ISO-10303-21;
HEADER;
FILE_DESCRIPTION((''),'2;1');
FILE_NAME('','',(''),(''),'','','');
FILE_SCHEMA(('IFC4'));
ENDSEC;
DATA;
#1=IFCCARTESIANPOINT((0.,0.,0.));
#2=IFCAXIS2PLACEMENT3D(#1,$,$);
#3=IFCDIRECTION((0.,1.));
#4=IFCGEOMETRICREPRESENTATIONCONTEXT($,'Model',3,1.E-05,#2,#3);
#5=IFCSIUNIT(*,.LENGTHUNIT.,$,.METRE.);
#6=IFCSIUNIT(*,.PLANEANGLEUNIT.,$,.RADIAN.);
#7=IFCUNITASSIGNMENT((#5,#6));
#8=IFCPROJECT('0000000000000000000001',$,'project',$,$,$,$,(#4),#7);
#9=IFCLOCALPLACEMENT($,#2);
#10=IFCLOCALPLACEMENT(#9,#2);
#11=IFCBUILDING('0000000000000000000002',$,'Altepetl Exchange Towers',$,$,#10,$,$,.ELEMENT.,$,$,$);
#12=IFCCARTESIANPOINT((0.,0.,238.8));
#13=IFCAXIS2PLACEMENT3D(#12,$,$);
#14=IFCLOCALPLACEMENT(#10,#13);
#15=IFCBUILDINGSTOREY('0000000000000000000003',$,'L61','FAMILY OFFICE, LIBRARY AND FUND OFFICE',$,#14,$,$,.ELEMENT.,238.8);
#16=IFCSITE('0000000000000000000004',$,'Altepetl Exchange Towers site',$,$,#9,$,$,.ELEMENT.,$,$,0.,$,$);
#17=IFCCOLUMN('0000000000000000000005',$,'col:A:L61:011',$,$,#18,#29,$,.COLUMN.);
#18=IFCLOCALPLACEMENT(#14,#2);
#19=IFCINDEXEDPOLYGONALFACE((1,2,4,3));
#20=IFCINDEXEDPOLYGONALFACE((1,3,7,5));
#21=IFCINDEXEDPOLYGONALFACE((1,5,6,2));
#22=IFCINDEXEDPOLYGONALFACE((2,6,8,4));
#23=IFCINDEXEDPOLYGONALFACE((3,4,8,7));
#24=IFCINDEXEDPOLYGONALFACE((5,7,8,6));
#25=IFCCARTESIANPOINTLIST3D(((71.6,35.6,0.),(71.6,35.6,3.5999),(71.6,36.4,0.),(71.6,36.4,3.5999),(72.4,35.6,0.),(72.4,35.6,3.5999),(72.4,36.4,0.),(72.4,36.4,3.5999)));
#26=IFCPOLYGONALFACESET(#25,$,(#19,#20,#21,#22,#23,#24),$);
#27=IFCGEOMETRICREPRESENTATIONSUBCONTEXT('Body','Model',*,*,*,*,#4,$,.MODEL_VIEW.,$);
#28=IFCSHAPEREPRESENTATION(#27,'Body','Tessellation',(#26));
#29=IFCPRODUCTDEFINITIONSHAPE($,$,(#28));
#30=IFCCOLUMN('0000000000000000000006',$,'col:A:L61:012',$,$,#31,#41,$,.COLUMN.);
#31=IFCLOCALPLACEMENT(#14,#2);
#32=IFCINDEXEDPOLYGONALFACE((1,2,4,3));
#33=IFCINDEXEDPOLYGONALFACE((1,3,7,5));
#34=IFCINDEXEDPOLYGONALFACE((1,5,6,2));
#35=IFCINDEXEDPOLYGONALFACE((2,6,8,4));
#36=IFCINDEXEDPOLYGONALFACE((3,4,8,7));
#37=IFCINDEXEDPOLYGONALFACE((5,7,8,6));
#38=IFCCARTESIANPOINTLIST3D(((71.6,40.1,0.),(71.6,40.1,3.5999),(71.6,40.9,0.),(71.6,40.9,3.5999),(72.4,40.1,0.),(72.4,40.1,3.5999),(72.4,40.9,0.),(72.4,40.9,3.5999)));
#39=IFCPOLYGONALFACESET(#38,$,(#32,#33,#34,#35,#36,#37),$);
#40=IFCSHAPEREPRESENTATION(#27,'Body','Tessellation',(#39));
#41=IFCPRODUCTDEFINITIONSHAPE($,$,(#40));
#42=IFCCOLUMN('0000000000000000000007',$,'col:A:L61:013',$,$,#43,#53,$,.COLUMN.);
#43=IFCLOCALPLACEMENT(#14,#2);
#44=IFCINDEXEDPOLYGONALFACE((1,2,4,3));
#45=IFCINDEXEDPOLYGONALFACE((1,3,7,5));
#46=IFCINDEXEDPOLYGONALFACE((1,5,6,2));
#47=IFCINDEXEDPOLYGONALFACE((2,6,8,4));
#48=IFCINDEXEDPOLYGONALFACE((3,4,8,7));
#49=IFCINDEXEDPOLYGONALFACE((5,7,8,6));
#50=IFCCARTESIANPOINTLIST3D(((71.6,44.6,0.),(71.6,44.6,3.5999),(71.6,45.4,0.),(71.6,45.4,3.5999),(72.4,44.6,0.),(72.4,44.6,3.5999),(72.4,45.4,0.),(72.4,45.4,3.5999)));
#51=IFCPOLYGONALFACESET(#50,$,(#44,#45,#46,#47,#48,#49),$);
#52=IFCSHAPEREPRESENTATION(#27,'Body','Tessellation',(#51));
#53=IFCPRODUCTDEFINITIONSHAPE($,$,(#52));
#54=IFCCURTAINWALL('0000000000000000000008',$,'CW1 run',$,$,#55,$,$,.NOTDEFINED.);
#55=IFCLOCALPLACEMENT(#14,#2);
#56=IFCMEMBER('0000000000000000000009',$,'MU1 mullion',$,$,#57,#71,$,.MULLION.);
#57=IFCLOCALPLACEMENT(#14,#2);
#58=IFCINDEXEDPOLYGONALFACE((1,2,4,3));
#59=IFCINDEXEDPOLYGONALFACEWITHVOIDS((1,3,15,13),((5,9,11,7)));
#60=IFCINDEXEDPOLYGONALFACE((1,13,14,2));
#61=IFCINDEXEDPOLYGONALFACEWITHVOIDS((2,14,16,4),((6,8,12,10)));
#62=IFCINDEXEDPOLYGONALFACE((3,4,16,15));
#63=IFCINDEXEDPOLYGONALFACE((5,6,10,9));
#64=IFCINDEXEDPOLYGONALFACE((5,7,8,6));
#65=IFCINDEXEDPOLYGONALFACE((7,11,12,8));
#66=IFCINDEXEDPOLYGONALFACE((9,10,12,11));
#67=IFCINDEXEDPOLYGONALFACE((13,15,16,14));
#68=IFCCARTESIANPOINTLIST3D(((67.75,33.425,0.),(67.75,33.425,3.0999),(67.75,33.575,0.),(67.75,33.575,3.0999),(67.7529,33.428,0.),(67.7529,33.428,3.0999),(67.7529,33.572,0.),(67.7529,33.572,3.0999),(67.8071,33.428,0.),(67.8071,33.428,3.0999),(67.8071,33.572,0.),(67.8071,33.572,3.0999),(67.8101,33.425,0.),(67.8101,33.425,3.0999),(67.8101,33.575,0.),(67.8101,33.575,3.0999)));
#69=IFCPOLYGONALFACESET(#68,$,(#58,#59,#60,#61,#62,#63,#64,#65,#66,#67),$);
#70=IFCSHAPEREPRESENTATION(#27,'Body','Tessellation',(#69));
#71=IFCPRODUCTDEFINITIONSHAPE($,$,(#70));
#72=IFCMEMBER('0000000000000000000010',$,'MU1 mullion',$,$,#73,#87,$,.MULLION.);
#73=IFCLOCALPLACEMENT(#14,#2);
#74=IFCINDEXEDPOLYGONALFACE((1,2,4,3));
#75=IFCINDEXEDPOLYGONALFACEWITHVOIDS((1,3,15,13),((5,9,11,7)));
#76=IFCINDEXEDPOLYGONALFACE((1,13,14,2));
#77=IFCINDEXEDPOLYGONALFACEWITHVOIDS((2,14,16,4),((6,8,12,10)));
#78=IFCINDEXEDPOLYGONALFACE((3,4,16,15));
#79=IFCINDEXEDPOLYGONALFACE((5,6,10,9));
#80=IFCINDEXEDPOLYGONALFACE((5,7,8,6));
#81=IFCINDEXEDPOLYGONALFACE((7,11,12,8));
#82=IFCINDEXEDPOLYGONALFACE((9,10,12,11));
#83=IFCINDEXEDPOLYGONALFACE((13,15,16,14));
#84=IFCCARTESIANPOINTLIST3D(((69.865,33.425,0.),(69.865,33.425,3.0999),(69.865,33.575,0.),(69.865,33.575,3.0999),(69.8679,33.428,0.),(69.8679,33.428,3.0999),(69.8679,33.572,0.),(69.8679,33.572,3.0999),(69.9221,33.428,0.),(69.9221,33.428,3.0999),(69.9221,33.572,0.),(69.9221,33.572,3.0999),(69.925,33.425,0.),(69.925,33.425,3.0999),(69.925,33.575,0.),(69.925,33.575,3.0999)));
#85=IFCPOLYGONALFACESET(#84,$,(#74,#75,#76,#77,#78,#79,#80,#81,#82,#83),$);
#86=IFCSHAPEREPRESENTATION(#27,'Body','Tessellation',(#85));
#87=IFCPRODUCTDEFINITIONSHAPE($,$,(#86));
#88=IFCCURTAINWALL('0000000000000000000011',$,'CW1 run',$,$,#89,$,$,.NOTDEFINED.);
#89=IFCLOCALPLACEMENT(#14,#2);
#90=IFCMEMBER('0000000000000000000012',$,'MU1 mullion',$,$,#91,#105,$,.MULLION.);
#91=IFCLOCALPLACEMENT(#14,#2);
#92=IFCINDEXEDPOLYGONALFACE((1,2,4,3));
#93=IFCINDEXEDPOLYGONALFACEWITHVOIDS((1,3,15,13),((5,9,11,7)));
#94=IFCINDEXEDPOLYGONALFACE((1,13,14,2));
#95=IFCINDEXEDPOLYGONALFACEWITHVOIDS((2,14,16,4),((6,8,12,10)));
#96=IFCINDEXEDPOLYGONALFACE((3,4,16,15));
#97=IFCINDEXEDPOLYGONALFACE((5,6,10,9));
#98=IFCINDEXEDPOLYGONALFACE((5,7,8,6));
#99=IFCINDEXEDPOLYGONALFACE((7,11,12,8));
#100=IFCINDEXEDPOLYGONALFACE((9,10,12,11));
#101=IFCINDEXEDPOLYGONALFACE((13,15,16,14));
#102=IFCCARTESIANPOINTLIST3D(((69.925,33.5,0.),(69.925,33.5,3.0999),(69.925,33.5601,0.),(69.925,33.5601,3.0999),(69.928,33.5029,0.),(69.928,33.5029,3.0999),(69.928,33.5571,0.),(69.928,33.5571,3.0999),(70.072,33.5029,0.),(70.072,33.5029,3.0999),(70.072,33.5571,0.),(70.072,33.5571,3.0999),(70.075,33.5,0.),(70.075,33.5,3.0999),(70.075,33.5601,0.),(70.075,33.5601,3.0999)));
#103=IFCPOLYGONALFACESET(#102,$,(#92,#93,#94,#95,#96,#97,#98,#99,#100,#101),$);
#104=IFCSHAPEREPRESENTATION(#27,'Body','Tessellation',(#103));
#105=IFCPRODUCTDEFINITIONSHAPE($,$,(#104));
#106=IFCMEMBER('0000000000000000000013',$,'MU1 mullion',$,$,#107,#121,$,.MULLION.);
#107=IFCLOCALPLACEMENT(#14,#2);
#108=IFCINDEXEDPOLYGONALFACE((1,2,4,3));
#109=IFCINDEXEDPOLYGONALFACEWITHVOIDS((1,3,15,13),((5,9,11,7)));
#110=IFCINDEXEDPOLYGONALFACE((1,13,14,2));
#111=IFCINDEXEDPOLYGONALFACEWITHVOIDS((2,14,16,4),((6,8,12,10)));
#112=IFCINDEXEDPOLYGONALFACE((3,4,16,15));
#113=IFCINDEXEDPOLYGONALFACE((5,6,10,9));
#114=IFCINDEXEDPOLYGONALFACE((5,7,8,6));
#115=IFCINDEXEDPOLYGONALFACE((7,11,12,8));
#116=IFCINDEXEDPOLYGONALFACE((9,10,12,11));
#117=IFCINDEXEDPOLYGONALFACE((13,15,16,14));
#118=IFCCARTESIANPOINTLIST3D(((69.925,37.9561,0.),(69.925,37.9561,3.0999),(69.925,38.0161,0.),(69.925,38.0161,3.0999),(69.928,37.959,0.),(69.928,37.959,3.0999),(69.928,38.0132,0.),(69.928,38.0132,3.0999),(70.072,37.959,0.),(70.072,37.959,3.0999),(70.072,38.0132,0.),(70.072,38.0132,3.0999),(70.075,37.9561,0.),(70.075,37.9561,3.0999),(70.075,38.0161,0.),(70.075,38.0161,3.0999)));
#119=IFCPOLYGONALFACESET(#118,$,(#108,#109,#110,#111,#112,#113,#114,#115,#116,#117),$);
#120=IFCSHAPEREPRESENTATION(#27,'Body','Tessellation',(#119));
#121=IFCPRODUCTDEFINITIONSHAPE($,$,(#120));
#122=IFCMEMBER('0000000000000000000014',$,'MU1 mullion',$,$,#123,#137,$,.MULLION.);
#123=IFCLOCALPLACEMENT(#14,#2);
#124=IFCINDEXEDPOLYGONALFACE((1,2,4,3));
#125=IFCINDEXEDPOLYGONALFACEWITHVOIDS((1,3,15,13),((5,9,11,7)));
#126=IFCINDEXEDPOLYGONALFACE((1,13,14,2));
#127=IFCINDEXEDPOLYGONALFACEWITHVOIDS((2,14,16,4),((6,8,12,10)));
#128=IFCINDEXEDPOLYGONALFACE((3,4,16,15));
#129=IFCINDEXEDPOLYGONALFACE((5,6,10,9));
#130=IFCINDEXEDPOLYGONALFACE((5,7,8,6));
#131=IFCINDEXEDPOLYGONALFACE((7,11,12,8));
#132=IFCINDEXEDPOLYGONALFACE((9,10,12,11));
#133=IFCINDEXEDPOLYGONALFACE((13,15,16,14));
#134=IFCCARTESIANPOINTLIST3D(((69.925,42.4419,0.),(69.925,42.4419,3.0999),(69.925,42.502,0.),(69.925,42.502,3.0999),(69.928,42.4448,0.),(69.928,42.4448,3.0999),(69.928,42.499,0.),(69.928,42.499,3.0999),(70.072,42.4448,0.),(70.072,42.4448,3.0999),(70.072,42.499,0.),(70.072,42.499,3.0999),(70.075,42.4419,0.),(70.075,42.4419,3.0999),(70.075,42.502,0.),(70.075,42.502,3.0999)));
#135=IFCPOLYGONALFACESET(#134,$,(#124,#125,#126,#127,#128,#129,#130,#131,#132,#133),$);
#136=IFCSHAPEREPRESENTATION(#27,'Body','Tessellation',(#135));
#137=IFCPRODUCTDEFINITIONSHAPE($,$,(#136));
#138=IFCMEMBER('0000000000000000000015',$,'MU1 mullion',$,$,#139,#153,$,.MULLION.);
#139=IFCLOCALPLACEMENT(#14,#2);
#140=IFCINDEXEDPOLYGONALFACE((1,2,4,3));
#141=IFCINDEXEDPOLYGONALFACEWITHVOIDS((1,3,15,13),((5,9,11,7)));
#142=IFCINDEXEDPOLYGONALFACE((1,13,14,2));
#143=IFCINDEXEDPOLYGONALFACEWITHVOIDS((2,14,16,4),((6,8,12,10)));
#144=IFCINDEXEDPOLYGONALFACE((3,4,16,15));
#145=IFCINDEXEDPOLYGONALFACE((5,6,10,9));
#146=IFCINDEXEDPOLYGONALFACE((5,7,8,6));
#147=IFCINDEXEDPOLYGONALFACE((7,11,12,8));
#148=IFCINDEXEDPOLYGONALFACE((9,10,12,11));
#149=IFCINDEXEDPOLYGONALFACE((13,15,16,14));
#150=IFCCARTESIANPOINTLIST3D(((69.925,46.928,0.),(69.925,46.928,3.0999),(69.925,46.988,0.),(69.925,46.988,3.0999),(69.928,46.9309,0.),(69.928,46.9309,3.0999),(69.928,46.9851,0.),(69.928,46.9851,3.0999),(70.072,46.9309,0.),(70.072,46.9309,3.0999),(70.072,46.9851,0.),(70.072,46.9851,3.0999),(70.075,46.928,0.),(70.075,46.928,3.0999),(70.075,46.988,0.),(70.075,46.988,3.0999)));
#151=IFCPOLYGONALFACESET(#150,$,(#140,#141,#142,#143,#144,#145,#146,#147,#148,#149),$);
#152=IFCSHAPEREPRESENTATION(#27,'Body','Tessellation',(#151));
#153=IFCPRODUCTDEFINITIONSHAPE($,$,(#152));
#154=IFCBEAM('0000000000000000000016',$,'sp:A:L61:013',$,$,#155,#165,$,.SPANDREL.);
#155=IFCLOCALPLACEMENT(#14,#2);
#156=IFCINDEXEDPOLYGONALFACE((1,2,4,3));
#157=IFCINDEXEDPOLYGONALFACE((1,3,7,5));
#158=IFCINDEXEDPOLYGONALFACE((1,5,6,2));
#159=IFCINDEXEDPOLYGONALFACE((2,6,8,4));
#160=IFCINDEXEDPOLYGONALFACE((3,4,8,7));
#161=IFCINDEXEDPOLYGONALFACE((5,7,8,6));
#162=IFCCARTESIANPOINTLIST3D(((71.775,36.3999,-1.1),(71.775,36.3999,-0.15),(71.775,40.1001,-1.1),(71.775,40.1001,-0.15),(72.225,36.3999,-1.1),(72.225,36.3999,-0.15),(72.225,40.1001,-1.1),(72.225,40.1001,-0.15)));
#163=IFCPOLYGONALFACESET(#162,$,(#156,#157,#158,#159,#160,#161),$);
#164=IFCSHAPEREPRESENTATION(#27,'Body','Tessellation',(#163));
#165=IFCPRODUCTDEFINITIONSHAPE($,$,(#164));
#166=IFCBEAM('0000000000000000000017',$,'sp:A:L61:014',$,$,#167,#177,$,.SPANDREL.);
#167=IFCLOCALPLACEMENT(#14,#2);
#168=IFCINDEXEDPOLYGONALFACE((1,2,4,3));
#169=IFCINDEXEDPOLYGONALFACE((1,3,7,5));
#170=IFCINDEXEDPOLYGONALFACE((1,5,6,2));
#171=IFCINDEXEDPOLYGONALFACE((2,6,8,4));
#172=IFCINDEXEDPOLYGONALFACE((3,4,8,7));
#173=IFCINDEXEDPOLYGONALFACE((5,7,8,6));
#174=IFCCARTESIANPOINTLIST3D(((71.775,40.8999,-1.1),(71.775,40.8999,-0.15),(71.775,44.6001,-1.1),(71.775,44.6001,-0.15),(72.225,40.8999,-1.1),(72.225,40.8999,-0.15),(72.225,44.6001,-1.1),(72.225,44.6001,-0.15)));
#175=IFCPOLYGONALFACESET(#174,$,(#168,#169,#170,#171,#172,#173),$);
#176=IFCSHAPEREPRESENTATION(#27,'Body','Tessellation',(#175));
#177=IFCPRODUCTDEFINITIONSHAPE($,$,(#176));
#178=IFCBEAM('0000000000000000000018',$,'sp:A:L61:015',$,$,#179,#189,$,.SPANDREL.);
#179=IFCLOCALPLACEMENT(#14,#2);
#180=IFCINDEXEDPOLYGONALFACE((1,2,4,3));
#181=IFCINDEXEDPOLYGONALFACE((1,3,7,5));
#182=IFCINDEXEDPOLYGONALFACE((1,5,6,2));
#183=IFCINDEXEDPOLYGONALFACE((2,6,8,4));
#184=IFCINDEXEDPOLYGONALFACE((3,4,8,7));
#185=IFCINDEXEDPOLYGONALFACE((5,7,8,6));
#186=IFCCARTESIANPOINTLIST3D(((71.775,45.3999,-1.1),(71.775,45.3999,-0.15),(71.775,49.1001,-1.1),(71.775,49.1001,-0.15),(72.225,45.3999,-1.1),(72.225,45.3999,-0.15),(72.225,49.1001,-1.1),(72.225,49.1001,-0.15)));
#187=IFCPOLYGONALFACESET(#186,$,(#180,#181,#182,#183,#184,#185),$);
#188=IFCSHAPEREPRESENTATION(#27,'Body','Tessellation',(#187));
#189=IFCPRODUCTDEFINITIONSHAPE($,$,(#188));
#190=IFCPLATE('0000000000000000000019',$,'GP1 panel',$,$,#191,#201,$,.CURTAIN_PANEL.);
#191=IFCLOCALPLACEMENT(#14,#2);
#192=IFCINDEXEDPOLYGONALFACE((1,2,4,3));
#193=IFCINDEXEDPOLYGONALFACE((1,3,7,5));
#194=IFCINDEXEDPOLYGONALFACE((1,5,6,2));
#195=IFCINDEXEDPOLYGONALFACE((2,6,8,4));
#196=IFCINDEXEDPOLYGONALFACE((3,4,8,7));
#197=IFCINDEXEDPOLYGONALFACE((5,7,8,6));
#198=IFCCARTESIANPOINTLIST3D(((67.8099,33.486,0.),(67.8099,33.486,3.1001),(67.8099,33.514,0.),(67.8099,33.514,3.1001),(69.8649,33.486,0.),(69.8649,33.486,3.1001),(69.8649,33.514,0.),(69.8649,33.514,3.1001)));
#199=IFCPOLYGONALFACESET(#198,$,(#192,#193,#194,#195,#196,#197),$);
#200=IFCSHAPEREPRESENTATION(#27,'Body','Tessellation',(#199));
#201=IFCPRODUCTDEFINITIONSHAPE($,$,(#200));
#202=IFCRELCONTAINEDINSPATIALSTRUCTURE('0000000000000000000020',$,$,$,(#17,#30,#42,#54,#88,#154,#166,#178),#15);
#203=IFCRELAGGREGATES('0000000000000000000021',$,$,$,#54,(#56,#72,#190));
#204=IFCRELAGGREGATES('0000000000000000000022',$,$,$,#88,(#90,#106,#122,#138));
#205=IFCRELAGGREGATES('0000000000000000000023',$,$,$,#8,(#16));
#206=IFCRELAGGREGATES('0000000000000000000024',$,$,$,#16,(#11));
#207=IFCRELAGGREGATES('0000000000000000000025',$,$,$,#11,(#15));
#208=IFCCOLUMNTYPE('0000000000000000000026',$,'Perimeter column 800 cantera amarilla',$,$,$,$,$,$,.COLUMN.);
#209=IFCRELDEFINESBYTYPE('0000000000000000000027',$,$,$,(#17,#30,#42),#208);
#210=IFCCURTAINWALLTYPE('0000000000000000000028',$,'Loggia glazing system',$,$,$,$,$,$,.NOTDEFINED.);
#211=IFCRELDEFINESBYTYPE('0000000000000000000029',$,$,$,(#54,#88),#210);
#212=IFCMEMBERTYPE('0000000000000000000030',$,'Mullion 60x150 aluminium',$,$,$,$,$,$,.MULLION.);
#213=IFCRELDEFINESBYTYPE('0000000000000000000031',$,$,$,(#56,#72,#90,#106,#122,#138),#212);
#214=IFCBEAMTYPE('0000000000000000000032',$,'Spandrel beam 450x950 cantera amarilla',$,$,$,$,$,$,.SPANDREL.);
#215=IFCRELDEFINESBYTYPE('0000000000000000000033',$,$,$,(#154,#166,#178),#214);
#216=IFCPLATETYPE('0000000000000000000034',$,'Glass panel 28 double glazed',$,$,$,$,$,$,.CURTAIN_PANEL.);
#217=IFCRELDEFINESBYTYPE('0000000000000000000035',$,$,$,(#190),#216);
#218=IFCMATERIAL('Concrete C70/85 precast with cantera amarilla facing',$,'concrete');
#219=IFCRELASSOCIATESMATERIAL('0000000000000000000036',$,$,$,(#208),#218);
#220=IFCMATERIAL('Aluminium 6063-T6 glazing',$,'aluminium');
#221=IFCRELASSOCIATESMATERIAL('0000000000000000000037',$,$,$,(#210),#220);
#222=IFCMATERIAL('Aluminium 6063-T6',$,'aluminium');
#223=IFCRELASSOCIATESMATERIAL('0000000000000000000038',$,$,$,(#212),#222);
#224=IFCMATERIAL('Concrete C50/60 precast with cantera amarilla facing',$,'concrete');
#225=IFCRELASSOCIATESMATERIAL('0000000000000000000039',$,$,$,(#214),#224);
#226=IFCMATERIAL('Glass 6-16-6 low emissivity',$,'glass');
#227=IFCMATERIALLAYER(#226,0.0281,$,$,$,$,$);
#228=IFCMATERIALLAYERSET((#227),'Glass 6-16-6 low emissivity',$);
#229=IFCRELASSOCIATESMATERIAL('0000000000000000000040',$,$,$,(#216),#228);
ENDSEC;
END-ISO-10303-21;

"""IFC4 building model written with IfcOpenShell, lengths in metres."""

from ifc_helpers import new_model, si_unit, direction, frame, origin, origin_2d, place, context, subcontext, project, spatial, rectangle, hollow_rectangle, extrude, material, layer, layer_set, material_profile, profile_set, type_object, element, aggregate, save


model = new_model("IFC4")

# Units and contexts
model_context = context("Model", 3, precision=1e-05, world=origin(), true_north=direction((0.0, 1.0)))
body_context = subcontext(model_context, "Body", "Model", "MODEL_VIEW")
ifc_project = project(units=[si_unit("LENGTHUNIT", "METRE"), si_unit("PLANEANGLEUNIT", "RADIAN")], contexts=[model_context])

# Site, building, storey
site_placement = place(None, origin())
site = spatial("IfcSite", under=ifc_project, at=site_placement, Name="Altepetl Exchange Towers site", CompositionType="ELEMENT", RefElevation=0.0)
building_placement = place(site_placement, origin())
building = spatial("IfcBuilding", under=site, at=building_placement, Name="Altepetl Exchange Towers", CompositionType="ELEMENT")
storey_placement = place(building_placement, frame((0.0, 0.0, 238.8)))
storey = spatial("IfcBuildingStorey", under=building, at=storey_placement, Name="L61", Description="FAMILY OFFICE, LIBRARY AND FUND OFFICE", CompositionType="ELEMENT", Elevation=238.8)

# Columns
ifc_material_1 = material(Name="Concrete C70/85 precast with cantera amarilla facing", Category="concrete")
ifc_material_profile_1 = material_profile(ifc_material_1, rectangle(XDim=0.8, YDim=0.8, at=origin_2d()), Name="800 x 800")
ifc_profile_set_1 = profile_set([ifc_material_profile_1], Name="Concrete C70/85 precast with cantera amarilla facing")
column_type = type_object("IfcColumnType", Name="Perimeter column 800 cantera amarilla", PredefinedType="COLUMN", material=ifc_profile_set_1)
for number, where, name in (
    (1, (72.0, 36.0, 0.0), "col:A:L61:011"),
    (2, (72.0, 40.5, 0.0), "col:A:L61:012"),
    (3, (72.0, 45.0, 0.0), "col:A:L61:013"),
):
    element("IfcColumn", number, at=place(storey_placement, frame(where)), inside=storey, type_object=column_type, Name=name, PredefinedType="COLUMN", context=body_context, shape_type="SweptSolid", body=[
        extrude(rectangle(XDim=0.8, YDim=0.8, at=origin_2d()), origin(), (0.0, 0.0, 1.0), 3.5999),
    ])

# Curtain walls, members
ifc_material_2 = material(Name="Aluminium 6063-T6 glazing", Category="aluminium")
curtain_wall_type = type_object("IfcCurtainWallType", Name="Loggia glazing system", PredefinedType="NOTDEFINED", material=ifc_material_2)
curtain_wall_1_placement = place(storey_placement, origin())
curtain_wall_1 = element("IfcCurtainWall", 4, at=curtain_wall_1_placement, inside=storey, type_object=curtain_wall_type, Name="CW1 run", PredefinedType="NOTDEFINED")
ifc_material_3 = material(Name="Aluminium 6063-T6", Category="aluminium")
ifc_material_profile_2 = material_profile(ifc_material_3, hollow_rectangle(XDim=0.0601, YDim=0.1499, WallThickness=0.0029, at=origin_2d()), Name="Mullion 60x150 aluminium")
ifc_profile_set_2 = profile_set([ifc_material_profile_2], Name="Aluminium 6063-T6")
member_type = type_object("IfcMemberType", Name="Mullion 60x150 aluminium", PredefinedType="MULLION", material=ifc_profile_set_2)
member_1_placement = place(storey_placement, frame((67.78, 33.5, 0.0)))
member_1 = element("IfcMember", 5, at=member_1_placement, type_object=member_type, Name="MU1 mullion", PredefinedType="MULLION", context=body_context, shape_type="SweptSolid", body=[
    extrude(hollow_rectangle(XDim=0.0601, YDim=0.1499, WallThickness=0.0029, at=origin_2d()), origin(), (0.0, 0.0, 1.0), 3.0999),
])
member_2_placement = place(storey_placement, frame((69.895, 33.5, 0.0)))
member_2 = element("IfcMember", 6, at=member_2_placement, type_object=member_type, Name="MU1 mullion", PredefinedType="MULLION", context=body_context, shape_type="SweptSolid", body=[
    extrude(hollow_rectangle(XDim=0.0601, YDim=0.1499, WallThickness=0.0029, at=origin_2d()), origin(), (0.0, 0.0, 1.0), 3.0999),
])
curtain_wall_2_placement = place(storey_placement, origin())
curtain_wall_2 = element("IfcCurtainWall", 7, at=curtain_wall_2_placement, inside=storey, type_object=curtain_wall_type, Name="CW1 run", PredefinedType="NOTDEFINED")
member_3_placement = place(storey_placement, frame((70.0, 33.53, 0.0), z_axis=(0.0, 0.0, 1.0), x_axis=(0.0, 1.0, 0.0)))
member_3 = element("IfcMember", 8, at=member_3_placement, type_object=member_type, Name="MU1 mullion", PredefinedType="MULLION", context=body_context, shape_type="SweptSolid", body=[
    extrude(hollow_rectangle(XDim=0.0601, YDim=0.1499, WallThickness=0.0029, at=origin_2d()), origin(), (0.0, 0.0, 1.0), 3.0999),
])
member_4_placement = place(storey_placement, frame((70.0, 37.9861, 0.0), z_axis=(0.0, 0.0, 1.0), x_axis=(0.0, 1.0, 0.0)))
member_4 = element("IfcMember", 9, at=member_4_placement, type_object=member_type, Name="MU1 mullion", PredefinedType="MULLION", context=body_context, shape_type="SweptSolid", body=[
    extrude(hollow_rectangle(XDim=0.0601, YDim=0.1499, WallThickness=0.0029, at=origin_2d()), origin(), (0.0, 0.0, 1.0), 3.0999),
])
member_5_placement = place(storey_placement, frame((70.0, 42.4719, 0.0), z_axis=(0.0, 0.0, 1.0), x_axis=(0.0, 1.0, 0.0)))
member_5 = element("IfcMember", 10, at=member_5_placement, type_object=member_type, Name="MU1 mullion", PredefinedType="MULLION", context=body_context, shape_type="SweptSolid", body=[
    extrude(hollow_rectangle(XDim=0.0601, YDim=0.1499, WallThickness=0.0029, at=origin_2d()), origin(), (0.0, 0.0, 1.0), 3.0999),
])
member_6_placement = place(storey_placement, frame((70.0, 46.958, 0.0), z_axis=(0.0, 0.0, 1.0), x_axis=(0.0, 1.0, 0.0)))
member_6 = element("IfcMember", 11, at=member_6_placement, type_object=member_type, Name="MU1 mullion", PredefinedType="MULLION", context=body_context, shape_type="SweptSolid", body=[
    extrude(hollow_rectangle(XDim=0.0601, YDim=0.1499, WallThickness=0.0029, at=origin_2d()), origin(), (0.0, 0.0, 1.0), 3.0999),
])

# Beams
ifc_material_4 = material(Name="Concrete C50/60 precast with cantera amarilla facing", Category="concrete")
ifc_material_profile_3 = material_profile(ifc_material_4, rectangle(XDim=0.45, YDim=0.95, at=origin_2d()), Name="450 x 950")
ifc_profile_set_3 = profile_set([ifc_material_profile_3], Name="Concrete C50/60 precast with cantera amarilla facing")
beam_type = type_object("IfcBeamType", Name="Spandrel beam 450x950 cantera amarilla", PredefinedType="SPANDREL", material=ifc_profile_set_3)
for number, where, z_axis, x_axis, name in (
    (12, (72.0, 36.3999, -0.625), (0.0, 1.0, 0.0), (-1.0, 0.0, 0.0), "sp:A:L61:013"),
    (13, (72.0, 40.8999, -0.625), (0.0, 1.0, 0.0), (-1.0, 0.0, 0.0), "sp:A:L61:014"),
    (14, (72.0, 45.3999, -0.625), (0.0, 1.0, 0.0), (-1.0, 0.0, 0.0), "sp:A:L61:015"),
):
    element("IfcBeam", number, at=place(storey_placement, frame(where, z_axis=z_axis, x_axis=x_axis)), inside=storey, type_object=beam_type, Name=name, PredefinedType="SPANDREL", context=body_context, shape_type="SweptSolid", body=[
        extrude(rectangle(XDim=0.45, YDim=0.95, at=origin_2d()), origin(), (0.0, 0.0, 1.0), 3.7002),
    ])

# Plate
ifc_material_5 = material(Name="Glass 6-16-6 low emissivity", Category="glass")
ifc_layer = layer(ifc_material_5, 0.0281)
ifc_layer_set = layer_set([ifc_layer], Name="Glass 6-16-6 low emissivity")
plate_type = type_object("IfcPlateType", Name="Glass panel 28 double glazed", PredefinedType="CURTAIN_PANEL", material=ifc_layer_set)
plate_1_placement = place(storey_placement, frame((68.8374, 33.5, 0.0)))
plate_1 = element("IfcPlate", 15, at=plate_1_placement, type_object=plate_type, Name="GP1 panel", PredefinedType="CURTAIN_PANEL", context=body_context, shape_type="SweptSolid", body=[
    extrude(rectangle(XDim=2.0549, YDim=0.0281, at=origin_2d()), origin(), (0.0, 0.0, 1.0), 3.1001),
])
aggregate(curtain_wall_1, [member_1, member_2, plate_1])
aggregate(curtain_wall_2, [member_3, member_4, member_5, member_6])

save(model, "model.ifc")
